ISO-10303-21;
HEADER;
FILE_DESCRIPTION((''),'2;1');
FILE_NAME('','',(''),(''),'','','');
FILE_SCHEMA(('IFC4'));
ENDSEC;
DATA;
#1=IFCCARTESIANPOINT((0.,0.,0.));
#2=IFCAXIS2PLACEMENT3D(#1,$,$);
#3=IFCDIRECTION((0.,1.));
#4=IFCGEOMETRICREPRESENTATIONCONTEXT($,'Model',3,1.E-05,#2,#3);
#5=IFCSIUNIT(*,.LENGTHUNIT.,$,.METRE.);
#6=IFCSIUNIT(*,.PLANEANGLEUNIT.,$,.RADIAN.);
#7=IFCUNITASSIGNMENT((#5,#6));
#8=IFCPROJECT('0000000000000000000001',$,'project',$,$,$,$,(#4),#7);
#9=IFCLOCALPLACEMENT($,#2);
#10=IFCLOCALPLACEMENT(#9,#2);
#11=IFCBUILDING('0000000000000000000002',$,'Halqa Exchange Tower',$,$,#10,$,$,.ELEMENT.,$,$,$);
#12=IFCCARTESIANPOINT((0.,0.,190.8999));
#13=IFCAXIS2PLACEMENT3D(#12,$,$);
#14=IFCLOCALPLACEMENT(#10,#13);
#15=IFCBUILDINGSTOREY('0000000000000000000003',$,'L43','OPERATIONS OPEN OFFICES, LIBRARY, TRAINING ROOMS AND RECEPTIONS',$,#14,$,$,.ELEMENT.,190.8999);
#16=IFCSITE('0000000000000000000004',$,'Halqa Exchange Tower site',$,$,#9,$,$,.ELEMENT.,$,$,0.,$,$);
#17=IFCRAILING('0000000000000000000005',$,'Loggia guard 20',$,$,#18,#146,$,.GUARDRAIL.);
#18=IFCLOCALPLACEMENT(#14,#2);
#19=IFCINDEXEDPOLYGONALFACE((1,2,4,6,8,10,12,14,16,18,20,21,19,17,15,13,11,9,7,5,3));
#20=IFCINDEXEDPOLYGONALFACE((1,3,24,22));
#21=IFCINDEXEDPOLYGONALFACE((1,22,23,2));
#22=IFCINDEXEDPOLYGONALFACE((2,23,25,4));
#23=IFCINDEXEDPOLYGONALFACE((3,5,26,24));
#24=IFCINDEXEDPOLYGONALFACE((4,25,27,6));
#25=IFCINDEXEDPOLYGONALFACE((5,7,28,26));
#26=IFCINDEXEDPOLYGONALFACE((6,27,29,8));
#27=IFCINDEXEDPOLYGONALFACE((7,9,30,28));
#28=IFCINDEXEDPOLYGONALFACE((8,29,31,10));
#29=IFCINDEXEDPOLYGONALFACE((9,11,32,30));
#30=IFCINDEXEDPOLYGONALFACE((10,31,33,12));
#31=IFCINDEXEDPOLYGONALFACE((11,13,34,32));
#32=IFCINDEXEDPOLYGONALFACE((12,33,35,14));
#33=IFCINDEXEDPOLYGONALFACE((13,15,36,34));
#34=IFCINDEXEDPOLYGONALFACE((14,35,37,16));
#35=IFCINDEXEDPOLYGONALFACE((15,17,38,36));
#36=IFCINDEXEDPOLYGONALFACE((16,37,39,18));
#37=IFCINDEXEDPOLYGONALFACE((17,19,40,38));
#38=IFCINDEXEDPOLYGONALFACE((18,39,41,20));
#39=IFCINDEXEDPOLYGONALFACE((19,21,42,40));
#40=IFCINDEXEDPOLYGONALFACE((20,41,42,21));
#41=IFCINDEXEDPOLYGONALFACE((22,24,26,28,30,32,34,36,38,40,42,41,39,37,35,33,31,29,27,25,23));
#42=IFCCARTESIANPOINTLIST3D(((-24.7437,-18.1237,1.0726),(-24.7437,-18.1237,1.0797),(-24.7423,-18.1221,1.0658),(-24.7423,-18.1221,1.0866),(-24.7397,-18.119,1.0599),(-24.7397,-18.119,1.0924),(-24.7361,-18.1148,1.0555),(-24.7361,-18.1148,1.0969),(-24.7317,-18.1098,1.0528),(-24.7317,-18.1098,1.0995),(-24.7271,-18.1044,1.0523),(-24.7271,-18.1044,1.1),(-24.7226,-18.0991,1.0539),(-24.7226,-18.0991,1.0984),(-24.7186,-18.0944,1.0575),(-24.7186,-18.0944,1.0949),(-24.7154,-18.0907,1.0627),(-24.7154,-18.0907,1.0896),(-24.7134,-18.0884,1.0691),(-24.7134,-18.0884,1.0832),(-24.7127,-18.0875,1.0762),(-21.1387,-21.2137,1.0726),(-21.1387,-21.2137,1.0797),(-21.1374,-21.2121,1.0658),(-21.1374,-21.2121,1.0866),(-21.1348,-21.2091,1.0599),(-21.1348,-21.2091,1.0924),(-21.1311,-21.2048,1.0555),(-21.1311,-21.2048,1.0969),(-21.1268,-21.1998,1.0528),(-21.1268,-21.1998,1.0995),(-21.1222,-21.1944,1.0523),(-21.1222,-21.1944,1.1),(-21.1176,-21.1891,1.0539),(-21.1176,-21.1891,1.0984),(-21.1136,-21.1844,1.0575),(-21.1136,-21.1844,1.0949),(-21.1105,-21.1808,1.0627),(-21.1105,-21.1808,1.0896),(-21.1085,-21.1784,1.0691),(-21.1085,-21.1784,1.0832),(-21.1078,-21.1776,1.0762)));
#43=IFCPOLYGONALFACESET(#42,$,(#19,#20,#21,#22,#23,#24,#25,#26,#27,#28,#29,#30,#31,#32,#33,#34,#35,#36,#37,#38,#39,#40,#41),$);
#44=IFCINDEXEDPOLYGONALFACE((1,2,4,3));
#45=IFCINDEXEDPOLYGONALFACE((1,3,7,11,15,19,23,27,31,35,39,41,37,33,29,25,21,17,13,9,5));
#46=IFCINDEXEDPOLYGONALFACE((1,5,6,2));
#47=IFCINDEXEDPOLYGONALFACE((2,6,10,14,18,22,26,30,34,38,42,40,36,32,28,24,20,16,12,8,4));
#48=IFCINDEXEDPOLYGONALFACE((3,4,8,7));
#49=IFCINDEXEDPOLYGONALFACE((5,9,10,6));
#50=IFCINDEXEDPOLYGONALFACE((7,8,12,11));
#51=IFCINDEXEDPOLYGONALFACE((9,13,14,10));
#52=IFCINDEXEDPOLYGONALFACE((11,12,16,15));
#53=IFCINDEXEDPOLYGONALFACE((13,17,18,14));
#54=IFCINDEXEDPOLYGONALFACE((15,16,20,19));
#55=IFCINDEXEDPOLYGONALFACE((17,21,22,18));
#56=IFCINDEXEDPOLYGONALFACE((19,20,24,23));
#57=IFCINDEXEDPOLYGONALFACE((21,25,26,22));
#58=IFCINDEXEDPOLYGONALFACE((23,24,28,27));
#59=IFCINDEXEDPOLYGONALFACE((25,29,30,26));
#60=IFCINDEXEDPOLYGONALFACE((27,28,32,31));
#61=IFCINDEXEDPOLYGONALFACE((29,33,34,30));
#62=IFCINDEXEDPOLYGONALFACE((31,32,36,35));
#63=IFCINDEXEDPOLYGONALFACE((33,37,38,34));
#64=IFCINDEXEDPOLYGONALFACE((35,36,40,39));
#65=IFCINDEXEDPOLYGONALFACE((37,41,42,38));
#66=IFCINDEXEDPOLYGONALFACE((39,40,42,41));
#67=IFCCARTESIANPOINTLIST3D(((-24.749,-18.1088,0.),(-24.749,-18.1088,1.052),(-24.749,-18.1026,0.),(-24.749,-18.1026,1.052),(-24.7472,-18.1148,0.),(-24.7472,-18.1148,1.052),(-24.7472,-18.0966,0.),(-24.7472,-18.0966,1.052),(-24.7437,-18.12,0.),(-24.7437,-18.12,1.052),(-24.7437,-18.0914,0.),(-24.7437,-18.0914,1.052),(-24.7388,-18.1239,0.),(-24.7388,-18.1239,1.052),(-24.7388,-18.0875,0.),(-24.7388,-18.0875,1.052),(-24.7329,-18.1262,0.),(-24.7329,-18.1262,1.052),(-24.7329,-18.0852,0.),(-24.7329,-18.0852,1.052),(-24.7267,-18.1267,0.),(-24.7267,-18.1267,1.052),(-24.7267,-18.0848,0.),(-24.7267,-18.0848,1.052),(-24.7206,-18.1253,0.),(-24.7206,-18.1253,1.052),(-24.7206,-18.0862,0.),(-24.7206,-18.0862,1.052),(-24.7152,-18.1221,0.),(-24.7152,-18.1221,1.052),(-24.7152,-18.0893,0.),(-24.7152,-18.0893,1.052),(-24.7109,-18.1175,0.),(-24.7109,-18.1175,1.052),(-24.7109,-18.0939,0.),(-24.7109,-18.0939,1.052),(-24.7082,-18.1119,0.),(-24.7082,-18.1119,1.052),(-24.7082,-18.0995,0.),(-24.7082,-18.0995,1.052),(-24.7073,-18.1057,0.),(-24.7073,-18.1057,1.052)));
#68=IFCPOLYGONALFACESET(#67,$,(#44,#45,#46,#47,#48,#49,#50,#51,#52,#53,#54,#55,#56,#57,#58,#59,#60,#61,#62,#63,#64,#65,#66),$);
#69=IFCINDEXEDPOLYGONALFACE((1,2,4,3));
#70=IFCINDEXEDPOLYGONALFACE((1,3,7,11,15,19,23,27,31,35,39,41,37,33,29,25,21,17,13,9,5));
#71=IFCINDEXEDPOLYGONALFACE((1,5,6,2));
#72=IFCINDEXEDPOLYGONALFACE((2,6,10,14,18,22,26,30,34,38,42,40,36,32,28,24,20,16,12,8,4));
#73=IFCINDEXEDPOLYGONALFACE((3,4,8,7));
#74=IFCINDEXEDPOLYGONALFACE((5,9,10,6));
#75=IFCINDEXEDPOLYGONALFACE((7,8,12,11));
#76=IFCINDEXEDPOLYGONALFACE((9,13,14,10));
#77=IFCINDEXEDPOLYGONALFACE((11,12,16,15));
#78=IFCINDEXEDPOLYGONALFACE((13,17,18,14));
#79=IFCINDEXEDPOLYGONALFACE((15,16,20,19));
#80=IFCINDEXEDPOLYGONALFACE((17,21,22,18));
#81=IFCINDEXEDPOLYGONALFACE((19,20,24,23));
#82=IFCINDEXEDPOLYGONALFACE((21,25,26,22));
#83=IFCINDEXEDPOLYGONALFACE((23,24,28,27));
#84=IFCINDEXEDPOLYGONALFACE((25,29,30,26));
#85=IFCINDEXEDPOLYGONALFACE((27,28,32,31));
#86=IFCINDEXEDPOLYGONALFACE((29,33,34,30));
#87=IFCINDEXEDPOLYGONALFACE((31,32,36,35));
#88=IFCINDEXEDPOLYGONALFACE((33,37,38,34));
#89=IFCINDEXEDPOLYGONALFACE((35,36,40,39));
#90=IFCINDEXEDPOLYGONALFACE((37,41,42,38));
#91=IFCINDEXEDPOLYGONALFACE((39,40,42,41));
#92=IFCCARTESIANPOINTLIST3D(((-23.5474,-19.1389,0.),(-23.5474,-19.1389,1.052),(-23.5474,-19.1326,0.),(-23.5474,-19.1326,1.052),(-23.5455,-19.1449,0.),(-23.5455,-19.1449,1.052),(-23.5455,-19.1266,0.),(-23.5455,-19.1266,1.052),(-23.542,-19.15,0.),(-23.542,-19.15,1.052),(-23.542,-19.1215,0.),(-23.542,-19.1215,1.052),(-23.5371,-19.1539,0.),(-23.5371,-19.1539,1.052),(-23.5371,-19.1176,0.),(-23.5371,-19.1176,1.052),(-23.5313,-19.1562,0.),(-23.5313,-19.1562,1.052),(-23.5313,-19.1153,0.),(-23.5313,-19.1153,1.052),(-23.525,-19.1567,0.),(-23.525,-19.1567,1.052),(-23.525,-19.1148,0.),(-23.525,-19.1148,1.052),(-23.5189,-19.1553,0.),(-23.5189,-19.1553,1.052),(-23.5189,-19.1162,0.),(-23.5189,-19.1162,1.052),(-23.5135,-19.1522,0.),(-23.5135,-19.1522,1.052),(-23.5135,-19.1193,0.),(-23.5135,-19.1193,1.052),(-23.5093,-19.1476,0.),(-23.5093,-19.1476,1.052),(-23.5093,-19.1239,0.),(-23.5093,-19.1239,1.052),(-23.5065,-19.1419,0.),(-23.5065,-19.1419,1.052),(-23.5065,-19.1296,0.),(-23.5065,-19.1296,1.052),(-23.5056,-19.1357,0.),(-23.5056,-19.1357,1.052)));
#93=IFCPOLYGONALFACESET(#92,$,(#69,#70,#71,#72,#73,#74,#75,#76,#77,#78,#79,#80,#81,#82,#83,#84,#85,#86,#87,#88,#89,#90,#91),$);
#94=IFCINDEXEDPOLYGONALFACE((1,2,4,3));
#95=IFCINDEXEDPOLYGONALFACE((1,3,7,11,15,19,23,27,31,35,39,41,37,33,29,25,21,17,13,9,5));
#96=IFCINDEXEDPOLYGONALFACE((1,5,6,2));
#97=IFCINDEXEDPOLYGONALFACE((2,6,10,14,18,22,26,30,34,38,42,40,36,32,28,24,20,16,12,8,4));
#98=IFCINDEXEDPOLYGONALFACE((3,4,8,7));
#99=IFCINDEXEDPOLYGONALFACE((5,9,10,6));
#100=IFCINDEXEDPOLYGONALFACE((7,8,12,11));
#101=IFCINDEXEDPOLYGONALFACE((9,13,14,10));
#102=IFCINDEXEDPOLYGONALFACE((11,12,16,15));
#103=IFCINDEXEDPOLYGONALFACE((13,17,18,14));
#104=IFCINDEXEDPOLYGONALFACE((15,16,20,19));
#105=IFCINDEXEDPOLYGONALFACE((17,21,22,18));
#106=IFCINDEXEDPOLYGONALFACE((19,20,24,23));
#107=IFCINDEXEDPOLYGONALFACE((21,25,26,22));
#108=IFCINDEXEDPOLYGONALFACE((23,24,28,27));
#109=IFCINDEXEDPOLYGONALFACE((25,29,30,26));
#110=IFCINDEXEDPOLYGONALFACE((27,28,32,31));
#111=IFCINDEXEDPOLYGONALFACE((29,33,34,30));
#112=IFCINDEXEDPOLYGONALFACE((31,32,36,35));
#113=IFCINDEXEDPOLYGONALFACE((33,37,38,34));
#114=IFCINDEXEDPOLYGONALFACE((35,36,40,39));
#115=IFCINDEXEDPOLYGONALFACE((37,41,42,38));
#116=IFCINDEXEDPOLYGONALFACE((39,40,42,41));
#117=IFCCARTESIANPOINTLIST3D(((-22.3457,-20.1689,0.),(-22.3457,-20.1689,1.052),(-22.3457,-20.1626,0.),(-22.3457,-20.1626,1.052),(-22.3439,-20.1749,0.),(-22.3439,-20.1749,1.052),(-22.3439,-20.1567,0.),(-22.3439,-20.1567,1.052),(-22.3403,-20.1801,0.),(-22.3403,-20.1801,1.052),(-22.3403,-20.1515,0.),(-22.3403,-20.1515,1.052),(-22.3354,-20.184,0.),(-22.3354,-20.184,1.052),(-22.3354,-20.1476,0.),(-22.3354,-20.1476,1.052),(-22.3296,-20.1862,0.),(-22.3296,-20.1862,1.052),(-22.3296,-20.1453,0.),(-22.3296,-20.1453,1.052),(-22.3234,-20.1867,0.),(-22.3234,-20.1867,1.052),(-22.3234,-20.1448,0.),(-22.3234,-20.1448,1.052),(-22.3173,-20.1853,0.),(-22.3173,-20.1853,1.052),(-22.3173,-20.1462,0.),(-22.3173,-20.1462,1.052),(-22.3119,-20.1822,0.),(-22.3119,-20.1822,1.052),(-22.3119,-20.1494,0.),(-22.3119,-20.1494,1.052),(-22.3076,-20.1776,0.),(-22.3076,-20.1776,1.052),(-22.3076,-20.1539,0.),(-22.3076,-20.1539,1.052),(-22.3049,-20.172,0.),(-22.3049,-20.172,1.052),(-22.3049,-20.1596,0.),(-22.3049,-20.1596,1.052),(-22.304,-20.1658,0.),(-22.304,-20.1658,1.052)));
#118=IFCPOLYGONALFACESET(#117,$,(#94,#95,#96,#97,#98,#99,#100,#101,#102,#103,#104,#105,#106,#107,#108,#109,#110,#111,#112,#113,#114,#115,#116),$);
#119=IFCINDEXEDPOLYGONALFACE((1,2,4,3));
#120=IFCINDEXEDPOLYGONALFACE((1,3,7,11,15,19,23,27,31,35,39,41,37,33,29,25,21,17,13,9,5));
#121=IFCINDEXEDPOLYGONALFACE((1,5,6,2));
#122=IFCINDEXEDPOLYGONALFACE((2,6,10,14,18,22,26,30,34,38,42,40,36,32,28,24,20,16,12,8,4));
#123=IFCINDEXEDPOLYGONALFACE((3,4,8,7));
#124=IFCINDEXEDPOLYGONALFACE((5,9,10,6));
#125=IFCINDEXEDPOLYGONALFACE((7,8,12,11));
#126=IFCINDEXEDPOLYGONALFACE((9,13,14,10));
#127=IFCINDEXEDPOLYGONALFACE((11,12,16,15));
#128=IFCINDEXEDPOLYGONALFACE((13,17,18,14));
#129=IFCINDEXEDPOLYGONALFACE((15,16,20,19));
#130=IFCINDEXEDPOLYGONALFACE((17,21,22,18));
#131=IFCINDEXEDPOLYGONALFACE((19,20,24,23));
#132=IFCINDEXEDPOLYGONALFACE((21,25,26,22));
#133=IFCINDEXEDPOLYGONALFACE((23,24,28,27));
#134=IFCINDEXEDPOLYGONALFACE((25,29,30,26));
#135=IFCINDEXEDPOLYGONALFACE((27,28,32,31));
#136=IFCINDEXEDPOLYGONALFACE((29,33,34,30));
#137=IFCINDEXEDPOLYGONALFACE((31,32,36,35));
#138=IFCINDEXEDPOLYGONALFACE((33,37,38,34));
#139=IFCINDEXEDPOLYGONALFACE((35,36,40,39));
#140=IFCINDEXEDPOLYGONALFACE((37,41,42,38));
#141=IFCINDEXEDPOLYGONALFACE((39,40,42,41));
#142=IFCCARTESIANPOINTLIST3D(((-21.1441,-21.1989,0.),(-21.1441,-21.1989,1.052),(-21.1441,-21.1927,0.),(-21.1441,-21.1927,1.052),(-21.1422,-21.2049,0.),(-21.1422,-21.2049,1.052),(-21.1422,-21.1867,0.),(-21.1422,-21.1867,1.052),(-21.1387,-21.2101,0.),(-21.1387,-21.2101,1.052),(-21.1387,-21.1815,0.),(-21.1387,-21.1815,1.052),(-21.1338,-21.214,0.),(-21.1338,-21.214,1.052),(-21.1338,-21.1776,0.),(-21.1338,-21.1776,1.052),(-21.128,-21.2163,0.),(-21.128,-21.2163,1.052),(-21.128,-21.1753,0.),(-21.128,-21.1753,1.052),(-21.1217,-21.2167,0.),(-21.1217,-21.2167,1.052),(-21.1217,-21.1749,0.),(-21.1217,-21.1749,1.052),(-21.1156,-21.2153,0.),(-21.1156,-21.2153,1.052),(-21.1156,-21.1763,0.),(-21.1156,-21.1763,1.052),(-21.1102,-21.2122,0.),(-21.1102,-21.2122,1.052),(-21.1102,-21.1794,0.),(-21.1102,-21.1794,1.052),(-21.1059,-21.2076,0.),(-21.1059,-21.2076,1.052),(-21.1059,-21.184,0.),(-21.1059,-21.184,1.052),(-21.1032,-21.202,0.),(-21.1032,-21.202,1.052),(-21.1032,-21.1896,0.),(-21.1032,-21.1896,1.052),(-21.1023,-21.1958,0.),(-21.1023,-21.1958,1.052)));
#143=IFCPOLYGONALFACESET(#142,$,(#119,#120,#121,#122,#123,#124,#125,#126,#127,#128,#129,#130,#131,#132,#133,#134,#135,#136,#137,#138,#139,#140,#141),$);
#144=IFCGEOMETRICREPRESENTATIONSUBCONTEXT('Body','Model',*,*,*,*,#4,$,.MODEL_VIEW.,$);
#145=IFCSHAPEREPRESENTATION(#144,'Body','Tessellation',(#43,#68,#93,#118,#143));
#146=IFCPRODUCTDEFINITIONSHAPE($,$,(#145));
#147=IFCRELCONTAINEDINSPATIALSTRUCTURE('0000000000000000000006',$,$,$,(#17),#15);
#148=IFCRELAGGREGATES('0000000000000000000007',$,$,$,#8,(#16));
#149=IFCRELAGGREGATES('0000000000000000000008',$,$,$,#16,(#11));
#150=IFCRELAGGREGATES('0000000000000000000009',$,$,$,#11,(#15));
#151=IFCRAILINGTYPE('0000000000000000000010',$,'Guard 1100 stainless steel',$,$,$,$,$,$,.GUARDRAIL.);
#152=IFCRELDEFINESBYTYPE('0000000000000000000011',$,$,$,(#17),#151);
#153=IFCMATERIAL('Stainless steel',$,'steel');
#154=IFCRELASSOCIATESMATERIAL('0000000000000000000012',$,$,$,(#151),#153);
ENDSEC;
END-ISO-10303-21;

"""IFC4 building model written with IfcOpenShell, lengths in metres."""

from ifc_helpers import new_model, si_unit, direction, frame, origin, origin_2d, place, context, subcontext, project, spatial, circle, extrude, material, type_object, element, save


model = new_model("IFC4")

# Units and contexts
model_context = context("Model", 3, precision=1e-05, world=origin(), true_north=direction((0.0, 1.0)))
body_context = subcontext(model_context, "Body", "Model", "MODEL_VIEW")
ifc_project = project(units=[si_unit("LENGTHUNIT", "METRE"), si_unit("PLANEANGLEUNIT", "RADIAN")], contexts=[model_context])

# Site, building, storey
site_placement = place(None, origin())
site = spatial("IfcSite", under=ifc_project, at=site_placement, Name="Halqa Exchange Tower site", CompositionType="ELEMENT", RefElevation=0.0)
building_placement = place(site_placement, origin())
building = spatial("IfcBuilding", under=site, at=building_placement, Name="Halqa Exchange Tower", CompositionType="ELEMENT")
storey_placement = place(building_placement, frame((0.0, 0.0, 190.8999)))
storey = spatial("IfcBuildingStorey", under=building, at=storey_placement, Name="L43", Description="OPERATIONS OPEN OFFICES, LIBRARY, TRAINING ROOMS AND RECEPTIONS", CompositionType="ELEMENT", Elevation=190.8999)

# Railing
ifc_material_1 = material(Name="Stainless steel", Category="steel")
railing_type = type_object("IfcRailingType", Name="Guard 1100 stainless steel", PredefinedType="GUARDRAIL", material=ifc_material_1)
railing_1_placement = place(storey_placement, frame((-24.7283, -18.1057, 0.0)))
element("IfcRailing", 1, at=railing_1_placement, inside=storey, type_object=railing_type, Name="Loggia guard 20", PredefinedType="GUARDRAIL", context=body_context, shape_type="SweptSolid", body=[
    extrude(circle(Radius=0.0239, at=origin_2d()), frame((0.0, 0.0, 1.0762), z_axis=(0.759246, -0.650804, 0.0), x_axis=(0.650804, 0.759246, 0.0)), (0.0, 0.0, 1.0), 4.748),
    extrude(circle(Radius=0.021, at=origin_2d()), origin(), (0.0, 0.0, 1.0), 1.052),
    extrude(circle(Radius=0.021, at=origin_2d()), frame((1.2017, -1.03, 0.0)), (0.0, 0.0, 1.0), 1.052),
    extrude(circle(Radius=0.021, at=origin_2d()), frame((2.4033, -2.0601, 0.0)), (0.0, 0.0, 1.0), 1.052),
    extrude(circle(Radius=0.021, at=origin_2d()), frame((3.605, -3.0901, 0.0)), (0.0, 0.0, 1.0), 1.052),
])

save(model, "model.ifc")
